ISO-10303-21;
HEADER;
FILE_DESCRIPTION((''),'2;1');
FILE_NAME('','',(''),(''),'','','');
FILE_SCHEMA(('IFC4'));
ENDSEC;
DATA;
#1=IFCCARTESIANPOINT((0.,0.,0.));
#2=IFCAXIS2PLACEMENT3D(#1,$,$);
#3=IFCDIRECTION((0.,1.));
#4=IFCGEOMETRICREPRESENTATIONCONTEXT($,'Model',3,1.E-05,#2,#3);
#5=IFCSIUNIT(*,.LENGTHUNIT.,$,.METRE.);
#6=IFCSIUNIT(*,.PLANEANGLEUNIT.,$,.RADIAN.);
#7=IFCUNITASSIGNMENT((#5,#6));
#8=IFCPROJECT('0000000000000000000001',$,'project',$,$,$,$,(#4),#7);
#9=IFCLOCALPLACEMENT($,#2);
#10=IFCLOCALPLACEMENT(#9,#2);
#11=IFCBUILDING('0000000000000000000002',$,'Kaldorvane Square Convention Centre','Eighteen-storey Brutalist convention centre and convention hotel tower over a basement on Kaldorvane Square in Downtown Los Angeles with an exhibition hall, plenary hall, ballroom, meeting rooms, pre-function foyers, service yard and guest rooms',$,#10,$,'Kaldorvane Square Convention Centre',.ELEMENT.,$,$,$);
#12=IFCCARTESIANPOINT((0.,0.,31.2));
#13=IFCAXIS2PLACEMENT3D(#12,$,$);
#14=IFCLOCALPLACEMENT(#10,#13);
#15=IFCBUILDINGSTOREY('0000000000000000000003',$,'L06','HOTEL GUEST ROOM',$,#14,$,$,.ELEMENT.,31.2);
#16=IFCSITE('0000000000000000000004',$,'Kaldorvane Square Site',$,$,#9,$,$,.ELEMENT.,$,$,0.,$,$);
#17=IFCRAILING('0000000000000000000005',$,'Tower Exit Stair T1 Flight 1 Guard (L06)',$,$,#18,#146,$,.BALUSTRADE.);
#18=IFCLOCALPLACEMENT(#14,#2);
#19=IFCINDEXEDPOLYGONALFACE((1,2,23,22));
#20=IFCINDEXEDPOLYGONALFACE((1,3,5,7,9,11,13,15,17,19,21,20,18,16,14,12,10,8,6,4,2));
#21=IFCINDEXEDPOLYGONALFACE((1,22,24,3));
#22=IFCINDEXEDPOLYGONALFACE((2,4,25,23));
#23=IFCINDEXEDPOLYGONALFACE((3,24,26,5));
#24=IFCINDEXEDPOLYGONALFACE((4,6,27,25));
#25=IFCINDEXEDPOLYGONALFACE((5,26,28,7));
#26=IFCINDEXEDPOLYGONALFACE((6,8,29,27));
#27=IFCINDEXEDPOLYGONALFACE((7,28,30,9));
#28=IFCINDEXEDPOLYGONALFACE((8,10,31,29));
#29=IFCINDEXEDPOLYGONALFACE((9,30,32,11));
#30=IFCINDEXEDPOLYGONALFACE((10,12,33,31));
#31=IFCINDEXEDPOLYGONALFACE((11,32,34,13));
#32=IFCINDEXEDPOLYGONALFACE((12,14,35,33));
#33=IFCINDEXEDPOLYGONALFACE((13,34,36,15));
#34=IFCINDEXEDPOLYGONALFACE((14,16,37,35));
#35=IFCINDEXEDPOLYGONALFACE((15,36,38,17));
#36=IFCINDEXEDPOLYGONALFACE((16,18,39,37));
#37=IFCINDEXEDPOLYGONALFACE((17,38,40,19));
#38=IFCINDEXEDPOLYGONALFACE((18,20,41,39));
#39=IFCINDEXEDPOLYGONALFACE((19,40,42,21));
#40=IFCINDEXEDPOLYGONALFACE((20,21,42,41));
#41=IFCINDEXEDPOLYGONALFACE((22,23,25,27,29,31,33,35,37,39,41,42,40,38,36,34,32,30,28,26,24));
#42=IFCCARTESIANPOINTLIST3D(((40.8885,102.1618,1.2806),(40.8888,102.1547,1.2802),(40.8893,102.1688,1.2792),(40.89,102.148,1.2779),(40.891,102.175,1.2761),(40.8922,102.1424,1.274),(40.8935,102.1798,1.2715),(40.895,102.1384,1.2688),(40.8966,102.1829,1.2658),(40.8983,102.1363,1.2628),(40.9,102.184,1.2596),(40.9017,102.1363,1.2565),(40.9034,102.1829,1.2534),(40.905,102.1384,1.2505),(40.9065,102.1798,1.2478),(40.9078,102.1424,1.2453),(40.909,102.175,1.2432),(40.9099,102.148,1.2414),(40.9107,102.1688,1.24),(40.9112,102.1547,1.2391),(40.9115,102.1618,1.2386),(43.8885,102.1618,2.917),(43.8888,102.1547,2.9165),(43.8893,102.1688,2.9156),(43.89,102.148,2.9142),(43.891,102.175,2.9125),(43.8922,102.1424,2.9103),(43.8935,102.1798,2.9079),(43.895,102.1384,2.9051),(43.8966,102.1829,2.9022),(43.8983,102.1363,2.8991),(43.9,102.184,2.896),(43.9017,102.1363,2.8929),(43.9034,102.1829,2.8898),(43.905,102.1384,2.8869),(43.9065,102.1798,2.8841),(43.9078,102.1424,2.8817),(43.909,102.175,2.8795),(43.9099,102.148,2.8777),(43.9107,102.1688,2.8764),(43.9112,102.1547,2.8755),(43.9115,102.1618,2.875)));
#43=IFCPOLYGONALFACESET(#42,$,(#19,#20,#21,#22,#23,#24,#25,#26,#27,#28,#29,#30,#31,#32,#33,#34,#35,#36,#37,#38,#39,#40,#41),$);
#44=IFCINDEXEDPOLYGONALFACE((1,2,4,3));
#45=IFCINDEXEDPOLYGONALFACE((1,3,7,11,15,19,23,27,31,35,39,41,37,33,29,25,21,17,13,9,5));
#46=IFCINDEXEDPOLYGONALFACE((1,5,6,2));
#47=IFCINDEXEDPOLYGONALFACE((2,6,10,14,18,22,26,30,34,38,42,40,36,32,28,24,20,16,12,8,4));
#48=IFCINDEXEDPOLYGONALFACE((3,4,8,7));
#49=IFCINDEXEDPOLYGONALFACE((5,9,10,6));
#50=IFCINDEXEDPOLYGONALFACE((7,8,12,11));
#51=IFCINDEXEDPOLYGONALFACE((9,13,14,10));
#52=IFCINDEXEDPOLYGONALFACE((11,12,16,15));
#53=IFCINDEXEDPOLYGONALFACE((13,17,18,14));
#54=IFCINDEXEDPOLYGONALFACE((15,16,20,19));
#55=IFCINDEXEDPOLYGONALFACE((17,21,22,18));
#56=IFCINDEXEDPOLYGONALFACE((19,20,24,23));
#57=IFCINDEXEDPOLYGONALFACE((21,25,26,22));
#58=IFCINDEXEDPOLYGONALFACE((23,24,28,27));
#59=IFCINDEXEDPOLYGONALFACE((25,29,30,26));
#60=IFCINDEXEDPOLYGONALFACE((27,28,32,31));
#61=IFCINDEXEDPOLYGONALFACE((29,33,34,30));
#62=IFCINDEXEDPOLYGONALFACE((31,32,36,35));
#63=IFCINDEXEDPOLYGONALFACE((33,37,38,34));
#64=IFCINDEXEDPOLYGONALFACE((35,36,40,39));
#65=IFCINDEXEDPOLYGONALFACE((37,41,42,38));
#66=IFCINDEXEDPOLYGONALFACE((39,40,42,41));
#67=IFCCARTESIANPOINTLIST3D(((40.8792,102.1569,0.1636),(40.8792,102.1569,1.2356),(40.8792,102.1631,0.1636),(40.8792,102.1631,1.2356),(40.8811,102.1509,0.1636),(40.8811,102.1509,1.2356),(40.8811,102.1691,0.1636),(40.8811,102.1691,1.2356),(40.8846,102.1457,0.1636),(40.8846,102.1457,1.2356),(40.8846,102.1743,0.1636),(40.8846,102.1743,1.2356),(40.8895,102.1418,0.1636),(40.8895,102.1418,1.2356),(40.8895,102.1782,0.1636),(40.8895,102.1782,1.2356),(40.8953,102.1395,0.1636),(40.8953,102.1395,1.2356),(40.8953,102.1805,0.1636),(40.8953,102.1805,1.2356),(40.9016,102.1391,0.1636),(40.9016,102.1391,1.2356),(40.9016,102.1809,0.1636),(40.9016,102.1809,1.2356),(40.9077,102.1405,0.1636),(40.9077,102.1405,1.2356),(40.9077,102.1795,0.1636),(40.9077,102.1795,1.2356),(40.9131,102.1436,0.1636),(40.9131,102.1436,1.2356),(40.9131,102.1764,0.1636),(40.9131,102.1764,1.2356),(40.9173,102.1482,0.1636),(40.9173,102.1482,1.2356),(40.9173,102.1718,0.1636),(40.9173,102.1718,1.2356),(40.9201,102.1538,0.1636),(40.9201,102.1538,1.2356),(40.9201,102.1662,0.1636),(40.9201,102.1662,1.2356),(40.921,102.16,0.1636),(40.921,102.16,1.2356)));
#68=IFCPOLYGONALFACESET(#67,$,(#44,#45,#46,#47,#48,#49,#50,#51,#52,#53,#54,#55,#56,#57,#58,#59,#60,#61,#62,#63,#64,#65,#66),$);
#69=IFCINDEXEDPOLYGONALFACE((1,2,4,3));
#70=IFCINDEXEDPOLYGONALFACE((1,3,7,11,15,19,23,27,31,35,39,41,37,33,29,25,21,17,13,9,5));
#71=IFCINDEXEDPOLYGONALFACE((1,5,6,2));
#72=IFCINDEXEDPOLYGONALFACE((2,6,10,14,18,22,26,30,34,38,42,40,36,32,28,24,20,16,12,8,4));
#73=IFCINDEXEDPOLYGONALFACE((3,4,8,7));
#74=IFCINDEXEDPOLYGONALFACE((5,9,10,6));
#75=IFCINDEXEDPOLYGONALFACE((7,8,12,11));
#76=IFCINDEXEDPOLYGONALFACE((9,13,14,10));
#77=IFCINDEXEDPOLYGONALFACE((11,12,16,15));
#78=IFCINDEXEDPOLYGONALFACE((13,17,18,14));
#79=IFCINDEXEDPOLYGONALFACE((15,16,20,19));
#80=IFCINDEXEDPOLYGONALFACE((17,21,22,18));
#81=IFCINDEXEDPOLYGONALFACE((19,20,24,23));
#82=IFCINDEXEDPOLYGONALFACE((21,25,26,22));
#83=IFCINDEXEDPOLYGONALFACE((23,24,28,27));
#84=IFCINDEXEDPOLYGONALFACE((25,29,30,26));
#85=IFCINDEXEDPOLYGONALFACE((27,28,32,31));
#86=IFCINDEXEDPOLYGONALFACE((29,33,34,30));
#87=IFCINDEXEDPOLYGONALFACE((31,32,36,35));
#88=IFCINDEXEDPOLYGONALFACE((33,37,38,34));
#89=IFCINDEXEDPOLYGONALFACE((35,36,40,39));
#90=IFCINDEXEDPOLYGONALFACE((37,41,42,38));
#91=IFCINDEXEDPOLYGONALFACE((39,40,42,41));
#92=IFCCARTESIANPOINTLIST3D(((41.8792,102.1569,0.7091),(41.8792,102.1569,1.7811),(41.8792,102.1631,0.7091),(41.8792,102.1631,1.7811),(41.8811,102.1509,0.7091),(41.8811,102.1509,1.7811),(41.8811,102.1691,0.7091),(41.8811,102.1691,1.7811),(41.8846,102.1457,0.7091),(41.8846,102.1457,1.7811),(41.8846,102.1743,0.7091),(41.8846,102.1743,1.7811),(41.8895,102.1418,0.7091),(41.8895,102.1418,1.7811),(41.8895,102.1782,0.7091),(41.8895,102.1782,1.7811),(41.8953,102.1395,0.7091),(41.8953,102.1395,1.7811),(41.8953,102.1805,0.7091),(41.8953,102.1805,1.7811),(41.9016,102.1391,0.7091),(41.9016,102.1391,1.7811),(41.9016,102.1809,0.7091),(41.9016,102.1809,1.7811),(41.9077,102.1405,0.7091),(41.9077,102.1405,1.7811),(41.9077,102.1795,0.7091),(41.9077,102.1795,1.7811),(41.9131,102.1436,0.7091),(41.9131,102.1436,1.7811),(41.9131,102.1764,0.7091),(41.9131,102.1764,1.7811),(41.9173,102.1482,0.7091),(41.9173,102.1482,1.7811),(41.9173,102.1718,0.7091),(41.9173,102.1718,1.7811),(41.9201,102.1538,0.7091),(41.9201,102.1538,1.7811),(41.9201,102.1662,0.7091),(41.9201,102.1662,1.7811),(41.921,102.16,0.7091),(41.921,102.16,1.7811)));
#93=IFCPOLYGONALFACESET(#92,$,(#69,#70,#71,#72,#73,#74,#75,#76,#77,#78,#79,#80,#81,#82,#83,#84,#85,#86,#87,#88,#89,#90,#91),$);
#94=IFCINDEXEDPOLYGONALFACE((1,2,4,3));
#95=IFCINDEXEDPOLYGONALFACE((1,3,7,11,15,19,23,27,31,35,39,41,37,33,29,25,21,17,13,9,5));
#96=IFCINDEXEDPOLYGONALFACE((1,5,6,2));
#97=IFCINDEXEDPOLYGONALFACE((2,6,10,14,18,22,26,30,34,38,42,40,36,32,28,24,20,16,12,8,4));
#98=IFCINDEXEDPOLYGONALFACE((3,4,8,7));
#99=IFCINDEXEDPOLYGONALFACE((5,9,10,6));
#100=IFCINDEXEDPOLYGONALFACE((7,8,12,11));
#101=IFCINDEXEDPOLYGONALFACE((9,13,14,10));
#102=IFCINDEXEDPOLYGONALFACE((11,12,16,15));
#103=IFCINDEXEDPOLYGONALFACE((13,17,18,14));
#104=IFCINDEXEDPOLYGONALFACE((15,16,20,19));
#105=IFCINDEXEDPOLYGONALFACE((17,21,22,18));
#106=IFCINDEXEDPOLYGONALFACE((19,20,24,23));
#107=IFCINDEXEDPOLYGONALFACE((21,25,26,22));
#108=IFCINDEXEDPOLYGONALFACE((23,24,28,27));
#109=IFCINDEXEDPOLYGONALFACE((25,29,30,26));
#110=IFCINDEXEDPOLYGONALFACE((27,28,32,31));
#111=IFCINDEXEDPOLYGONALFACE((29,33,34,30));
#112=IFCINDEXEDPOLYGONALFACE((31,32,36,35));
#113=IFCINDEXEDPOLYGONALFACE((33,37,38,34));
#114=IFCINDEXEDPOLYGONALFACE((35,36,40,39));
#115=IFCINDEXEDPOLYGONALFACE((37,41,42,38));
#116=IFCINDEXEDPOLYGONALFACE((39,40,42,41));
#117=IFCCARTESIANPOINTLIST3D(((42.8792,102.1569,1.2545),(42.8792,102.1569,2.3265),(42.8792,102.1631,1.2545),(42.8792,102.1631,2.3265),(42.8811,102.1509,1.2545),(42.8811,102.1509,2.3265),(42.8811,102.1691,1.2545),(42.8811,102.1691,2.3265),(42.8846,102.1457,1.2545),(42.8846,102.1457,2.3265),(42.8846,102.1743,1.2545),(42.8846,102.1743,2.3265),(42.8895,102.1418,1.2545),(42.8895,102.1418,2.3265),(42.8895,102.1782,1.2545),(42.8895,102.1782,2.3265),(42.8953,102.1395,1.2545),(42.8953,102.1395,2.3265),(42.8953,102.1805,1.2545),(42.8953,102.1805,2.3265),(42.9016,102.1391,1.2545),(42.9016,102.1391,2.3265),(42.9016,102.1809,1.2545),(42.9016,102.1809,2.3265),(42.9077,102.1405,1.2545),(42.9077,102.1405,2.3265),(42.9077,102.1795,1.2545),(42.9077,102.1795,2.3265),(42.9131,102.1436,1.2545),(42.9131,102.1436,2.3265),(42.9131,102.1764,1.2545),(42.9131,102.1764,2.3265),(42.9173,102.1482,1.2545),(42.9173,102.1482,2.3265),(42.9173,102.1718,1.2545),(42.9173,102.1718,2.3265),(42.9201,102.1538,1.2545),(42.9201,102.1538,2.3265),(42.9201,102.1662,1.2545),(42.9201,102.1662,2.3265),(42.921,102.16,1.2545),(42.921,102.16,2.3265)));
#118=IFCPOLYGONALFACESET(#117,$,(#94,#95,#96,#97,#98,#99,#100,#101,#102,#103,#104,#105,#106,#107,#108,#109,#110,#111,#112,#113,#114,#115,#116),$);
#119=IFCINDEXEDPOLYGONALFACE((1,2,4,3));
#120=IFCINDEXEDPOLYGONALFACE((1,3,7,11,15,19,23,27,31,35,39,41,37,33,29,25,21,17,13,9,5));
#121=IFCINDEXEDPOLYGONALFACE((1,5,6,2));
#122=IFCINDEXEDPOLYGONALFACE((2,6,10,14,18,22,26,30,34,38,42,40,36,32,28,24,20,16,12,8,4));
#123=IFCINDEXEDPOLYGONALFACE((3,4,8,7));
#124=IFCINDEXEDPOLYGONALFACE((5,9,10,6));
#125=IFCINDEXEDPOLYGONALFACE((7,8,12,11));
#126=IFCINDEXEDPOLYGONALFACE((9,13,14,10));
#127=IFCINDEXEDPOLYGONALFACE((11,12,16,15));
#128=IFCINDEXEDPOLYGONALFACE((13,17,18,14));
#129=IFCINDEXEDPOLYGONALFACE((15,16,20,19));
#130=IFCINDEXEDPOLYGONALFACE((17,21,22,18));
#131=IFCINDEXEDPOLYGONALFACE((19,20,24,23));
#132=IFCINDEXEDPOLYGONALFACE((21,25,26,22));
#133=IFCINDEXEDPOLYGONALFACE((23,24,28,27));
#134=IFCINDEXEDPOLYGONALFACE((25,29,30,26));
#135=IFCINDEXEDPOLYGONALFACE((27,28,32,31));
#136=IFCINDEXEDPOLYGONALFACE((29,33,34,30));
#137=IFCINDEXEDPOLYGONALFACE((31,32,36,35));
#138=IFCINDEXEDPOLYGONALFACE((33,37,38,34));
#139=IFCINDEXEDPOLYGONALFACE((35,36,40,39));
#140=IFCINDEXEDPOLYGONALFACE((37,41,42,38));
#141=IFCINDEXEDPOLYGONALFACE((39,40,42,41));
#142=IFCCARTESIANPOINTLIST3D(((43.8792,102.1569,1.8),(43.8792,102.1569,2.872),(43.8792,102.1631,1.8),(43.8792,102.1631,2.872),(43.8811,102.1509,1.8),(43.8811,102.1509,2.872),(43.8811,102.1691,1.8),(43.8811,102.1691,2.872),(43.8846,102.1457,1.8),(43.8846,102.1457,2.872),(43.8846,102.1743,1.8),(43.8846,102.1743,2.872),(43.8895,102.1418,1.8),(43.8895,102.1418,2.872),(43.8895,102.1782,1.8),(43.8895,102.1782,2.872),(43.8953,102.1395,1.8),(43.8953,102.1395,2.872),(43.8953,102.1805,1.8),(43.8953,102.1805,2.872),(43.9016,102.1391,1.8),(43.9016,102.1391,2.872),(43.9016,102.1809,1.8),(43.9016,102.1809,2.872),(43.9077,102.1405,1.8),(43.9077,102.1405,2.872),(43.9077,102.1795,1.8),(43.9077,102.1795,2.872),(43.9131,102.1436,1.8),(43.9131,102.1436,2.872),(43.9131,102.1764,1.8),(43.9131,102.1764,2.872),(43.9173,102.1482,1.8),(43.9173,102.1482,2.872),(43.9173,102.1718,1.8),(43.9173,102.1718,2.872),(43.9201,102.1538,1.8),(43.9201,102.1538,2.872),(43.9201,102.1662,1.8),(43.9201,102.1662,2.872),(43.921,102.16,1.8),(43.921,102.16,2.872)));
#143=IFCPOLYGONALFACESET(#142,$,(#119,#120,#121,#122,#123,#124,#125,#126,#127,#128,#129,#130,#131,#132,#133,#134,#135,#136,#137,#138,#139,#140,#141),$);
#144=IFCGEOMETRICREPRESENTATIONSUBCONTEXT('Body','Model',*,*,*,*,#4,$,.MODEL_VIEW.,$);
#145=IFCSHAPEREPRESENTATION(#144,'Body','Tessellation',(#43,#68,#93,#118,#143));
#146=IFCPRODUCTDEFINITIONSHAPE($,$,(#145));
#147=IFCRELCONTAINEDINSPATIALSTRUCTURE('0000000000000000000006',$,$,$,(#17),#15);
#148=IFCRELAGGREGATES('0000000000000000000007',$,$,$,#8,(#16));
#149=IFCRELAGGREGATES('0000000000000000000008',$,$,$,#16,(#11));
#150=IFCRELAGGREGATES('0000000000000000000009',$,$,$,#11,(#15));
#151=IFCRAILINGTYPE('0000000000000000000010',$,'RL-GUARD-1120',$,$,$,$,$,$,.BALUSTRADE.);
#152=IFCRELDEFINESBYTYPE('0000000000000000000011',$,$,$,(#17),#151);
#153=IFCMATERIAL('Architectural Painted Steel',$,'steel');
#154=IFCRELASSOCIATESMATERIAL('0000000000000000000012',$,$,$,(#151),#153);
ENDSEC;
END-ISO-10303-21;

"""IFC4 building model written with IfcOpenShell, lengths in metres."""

from ifc_helpers import new_model, si_unit, direction, frame, origin, origin_2d, place, context, subcontext, project, spatial, circle, extrude, material, type_object, element, save


model = new_model("IFC4")

# Units and contexts
model_context = context("Model", 3, precision=1e-05, world=origin(), true_north=direction((0.0, 1.0)))
body_context = subcontext(model_context, "Body", "Model", "MODEL_VIEW")
ifc_project = project(units=[si_unit("LENGTHUNIT", "METRE"), si_unit("PLANEANGLEUNIT", "RADIAN")], contexts=[model_context])

# Site, building, storey
site_placement = place(None, origin())
site = spatial("IfcSite", under=ifc_project, at=site_placement, Name="Kaldorvane Square Site", CompositionType="ELEMENT", RefElevation=0.0)
building_placement = place(site_placement, origin())
building = spatial("IfcBuilding", under=site, at=building_placement, Name="Kaldorvane Square Convention Centre", Description="Eighteen-storey Brutalist convention centre and convention hotel tower over a basement on Kaldorvane Square in Downtown Los Angeles with an exhibition hall, plenary hall, ballroom, meeting rooms, pre-function foyers, service yard and guest rooms", LongName="Kaldorvane Square Convention Centre", CompositionType="ELEMENT")
storey_placement = place(building_placement, frame((0.0, 0.0, 31.2)))
storey = spatial("IfcBuildingStorey", under=building, at=storey_placement, Name="L06", Description="HOTEL GUEST ROOM", CompositionType="ELEMENT", Elevation=31.2)

# Railing
ifc_material_1 = material(Name="Architectural Painted Steel", Category="steel")
railing_type_1 = type_object("IfcRailingType", Name="RL-GUARD-1120", PredefinedType="BALUSTRADE", material=ifc_material_1)
railing_1_placement = place(storey_placement, frame((40.9, 102.16, 0.1636)))
element("IfcRailing", 1, at=railing_1_placement, inside=storey, type_object=railing_type_1, Name="Tower Exit Stair T1 Flight 1 Guard (L06)", PredefinedType="BALUSTRADE", context=body_context, shape_type="SweptSolid", body=[
    extrude(circle(Radius=0.024, at=origin_2d()), frame((0.0, 0.0, 1.096), z_axis=(0.877895, 0.0, 0.478853), x_axis=(0.0, 1.0, 0.0)), (0.0, 0.0, 1.0), 3.4173),
    extrude(circle(Radius=0.021, at=origin_2d()), origin(), (0.0, 0.0, 1.0), 1.072),
    extrude(circle(Radius=0.021, at=origin_2d()), frame((1.0, 0.0, 0.5455)), (0.0, 0.0, 1.0), 1.072),
    extrude(circle(Radius=0.021, at=origin_2d()), frame((2.0, 0.0, 1.0909)), (0.0, 0.0, 1.0), 1.072),
    extrude(circle(Radius=0.021, at=origin_2d()), frame((3.0, 0.0, 1.6364)), (0.0, 0.0, 1.0), 1.072),
])

save(model, "model.ifc")
